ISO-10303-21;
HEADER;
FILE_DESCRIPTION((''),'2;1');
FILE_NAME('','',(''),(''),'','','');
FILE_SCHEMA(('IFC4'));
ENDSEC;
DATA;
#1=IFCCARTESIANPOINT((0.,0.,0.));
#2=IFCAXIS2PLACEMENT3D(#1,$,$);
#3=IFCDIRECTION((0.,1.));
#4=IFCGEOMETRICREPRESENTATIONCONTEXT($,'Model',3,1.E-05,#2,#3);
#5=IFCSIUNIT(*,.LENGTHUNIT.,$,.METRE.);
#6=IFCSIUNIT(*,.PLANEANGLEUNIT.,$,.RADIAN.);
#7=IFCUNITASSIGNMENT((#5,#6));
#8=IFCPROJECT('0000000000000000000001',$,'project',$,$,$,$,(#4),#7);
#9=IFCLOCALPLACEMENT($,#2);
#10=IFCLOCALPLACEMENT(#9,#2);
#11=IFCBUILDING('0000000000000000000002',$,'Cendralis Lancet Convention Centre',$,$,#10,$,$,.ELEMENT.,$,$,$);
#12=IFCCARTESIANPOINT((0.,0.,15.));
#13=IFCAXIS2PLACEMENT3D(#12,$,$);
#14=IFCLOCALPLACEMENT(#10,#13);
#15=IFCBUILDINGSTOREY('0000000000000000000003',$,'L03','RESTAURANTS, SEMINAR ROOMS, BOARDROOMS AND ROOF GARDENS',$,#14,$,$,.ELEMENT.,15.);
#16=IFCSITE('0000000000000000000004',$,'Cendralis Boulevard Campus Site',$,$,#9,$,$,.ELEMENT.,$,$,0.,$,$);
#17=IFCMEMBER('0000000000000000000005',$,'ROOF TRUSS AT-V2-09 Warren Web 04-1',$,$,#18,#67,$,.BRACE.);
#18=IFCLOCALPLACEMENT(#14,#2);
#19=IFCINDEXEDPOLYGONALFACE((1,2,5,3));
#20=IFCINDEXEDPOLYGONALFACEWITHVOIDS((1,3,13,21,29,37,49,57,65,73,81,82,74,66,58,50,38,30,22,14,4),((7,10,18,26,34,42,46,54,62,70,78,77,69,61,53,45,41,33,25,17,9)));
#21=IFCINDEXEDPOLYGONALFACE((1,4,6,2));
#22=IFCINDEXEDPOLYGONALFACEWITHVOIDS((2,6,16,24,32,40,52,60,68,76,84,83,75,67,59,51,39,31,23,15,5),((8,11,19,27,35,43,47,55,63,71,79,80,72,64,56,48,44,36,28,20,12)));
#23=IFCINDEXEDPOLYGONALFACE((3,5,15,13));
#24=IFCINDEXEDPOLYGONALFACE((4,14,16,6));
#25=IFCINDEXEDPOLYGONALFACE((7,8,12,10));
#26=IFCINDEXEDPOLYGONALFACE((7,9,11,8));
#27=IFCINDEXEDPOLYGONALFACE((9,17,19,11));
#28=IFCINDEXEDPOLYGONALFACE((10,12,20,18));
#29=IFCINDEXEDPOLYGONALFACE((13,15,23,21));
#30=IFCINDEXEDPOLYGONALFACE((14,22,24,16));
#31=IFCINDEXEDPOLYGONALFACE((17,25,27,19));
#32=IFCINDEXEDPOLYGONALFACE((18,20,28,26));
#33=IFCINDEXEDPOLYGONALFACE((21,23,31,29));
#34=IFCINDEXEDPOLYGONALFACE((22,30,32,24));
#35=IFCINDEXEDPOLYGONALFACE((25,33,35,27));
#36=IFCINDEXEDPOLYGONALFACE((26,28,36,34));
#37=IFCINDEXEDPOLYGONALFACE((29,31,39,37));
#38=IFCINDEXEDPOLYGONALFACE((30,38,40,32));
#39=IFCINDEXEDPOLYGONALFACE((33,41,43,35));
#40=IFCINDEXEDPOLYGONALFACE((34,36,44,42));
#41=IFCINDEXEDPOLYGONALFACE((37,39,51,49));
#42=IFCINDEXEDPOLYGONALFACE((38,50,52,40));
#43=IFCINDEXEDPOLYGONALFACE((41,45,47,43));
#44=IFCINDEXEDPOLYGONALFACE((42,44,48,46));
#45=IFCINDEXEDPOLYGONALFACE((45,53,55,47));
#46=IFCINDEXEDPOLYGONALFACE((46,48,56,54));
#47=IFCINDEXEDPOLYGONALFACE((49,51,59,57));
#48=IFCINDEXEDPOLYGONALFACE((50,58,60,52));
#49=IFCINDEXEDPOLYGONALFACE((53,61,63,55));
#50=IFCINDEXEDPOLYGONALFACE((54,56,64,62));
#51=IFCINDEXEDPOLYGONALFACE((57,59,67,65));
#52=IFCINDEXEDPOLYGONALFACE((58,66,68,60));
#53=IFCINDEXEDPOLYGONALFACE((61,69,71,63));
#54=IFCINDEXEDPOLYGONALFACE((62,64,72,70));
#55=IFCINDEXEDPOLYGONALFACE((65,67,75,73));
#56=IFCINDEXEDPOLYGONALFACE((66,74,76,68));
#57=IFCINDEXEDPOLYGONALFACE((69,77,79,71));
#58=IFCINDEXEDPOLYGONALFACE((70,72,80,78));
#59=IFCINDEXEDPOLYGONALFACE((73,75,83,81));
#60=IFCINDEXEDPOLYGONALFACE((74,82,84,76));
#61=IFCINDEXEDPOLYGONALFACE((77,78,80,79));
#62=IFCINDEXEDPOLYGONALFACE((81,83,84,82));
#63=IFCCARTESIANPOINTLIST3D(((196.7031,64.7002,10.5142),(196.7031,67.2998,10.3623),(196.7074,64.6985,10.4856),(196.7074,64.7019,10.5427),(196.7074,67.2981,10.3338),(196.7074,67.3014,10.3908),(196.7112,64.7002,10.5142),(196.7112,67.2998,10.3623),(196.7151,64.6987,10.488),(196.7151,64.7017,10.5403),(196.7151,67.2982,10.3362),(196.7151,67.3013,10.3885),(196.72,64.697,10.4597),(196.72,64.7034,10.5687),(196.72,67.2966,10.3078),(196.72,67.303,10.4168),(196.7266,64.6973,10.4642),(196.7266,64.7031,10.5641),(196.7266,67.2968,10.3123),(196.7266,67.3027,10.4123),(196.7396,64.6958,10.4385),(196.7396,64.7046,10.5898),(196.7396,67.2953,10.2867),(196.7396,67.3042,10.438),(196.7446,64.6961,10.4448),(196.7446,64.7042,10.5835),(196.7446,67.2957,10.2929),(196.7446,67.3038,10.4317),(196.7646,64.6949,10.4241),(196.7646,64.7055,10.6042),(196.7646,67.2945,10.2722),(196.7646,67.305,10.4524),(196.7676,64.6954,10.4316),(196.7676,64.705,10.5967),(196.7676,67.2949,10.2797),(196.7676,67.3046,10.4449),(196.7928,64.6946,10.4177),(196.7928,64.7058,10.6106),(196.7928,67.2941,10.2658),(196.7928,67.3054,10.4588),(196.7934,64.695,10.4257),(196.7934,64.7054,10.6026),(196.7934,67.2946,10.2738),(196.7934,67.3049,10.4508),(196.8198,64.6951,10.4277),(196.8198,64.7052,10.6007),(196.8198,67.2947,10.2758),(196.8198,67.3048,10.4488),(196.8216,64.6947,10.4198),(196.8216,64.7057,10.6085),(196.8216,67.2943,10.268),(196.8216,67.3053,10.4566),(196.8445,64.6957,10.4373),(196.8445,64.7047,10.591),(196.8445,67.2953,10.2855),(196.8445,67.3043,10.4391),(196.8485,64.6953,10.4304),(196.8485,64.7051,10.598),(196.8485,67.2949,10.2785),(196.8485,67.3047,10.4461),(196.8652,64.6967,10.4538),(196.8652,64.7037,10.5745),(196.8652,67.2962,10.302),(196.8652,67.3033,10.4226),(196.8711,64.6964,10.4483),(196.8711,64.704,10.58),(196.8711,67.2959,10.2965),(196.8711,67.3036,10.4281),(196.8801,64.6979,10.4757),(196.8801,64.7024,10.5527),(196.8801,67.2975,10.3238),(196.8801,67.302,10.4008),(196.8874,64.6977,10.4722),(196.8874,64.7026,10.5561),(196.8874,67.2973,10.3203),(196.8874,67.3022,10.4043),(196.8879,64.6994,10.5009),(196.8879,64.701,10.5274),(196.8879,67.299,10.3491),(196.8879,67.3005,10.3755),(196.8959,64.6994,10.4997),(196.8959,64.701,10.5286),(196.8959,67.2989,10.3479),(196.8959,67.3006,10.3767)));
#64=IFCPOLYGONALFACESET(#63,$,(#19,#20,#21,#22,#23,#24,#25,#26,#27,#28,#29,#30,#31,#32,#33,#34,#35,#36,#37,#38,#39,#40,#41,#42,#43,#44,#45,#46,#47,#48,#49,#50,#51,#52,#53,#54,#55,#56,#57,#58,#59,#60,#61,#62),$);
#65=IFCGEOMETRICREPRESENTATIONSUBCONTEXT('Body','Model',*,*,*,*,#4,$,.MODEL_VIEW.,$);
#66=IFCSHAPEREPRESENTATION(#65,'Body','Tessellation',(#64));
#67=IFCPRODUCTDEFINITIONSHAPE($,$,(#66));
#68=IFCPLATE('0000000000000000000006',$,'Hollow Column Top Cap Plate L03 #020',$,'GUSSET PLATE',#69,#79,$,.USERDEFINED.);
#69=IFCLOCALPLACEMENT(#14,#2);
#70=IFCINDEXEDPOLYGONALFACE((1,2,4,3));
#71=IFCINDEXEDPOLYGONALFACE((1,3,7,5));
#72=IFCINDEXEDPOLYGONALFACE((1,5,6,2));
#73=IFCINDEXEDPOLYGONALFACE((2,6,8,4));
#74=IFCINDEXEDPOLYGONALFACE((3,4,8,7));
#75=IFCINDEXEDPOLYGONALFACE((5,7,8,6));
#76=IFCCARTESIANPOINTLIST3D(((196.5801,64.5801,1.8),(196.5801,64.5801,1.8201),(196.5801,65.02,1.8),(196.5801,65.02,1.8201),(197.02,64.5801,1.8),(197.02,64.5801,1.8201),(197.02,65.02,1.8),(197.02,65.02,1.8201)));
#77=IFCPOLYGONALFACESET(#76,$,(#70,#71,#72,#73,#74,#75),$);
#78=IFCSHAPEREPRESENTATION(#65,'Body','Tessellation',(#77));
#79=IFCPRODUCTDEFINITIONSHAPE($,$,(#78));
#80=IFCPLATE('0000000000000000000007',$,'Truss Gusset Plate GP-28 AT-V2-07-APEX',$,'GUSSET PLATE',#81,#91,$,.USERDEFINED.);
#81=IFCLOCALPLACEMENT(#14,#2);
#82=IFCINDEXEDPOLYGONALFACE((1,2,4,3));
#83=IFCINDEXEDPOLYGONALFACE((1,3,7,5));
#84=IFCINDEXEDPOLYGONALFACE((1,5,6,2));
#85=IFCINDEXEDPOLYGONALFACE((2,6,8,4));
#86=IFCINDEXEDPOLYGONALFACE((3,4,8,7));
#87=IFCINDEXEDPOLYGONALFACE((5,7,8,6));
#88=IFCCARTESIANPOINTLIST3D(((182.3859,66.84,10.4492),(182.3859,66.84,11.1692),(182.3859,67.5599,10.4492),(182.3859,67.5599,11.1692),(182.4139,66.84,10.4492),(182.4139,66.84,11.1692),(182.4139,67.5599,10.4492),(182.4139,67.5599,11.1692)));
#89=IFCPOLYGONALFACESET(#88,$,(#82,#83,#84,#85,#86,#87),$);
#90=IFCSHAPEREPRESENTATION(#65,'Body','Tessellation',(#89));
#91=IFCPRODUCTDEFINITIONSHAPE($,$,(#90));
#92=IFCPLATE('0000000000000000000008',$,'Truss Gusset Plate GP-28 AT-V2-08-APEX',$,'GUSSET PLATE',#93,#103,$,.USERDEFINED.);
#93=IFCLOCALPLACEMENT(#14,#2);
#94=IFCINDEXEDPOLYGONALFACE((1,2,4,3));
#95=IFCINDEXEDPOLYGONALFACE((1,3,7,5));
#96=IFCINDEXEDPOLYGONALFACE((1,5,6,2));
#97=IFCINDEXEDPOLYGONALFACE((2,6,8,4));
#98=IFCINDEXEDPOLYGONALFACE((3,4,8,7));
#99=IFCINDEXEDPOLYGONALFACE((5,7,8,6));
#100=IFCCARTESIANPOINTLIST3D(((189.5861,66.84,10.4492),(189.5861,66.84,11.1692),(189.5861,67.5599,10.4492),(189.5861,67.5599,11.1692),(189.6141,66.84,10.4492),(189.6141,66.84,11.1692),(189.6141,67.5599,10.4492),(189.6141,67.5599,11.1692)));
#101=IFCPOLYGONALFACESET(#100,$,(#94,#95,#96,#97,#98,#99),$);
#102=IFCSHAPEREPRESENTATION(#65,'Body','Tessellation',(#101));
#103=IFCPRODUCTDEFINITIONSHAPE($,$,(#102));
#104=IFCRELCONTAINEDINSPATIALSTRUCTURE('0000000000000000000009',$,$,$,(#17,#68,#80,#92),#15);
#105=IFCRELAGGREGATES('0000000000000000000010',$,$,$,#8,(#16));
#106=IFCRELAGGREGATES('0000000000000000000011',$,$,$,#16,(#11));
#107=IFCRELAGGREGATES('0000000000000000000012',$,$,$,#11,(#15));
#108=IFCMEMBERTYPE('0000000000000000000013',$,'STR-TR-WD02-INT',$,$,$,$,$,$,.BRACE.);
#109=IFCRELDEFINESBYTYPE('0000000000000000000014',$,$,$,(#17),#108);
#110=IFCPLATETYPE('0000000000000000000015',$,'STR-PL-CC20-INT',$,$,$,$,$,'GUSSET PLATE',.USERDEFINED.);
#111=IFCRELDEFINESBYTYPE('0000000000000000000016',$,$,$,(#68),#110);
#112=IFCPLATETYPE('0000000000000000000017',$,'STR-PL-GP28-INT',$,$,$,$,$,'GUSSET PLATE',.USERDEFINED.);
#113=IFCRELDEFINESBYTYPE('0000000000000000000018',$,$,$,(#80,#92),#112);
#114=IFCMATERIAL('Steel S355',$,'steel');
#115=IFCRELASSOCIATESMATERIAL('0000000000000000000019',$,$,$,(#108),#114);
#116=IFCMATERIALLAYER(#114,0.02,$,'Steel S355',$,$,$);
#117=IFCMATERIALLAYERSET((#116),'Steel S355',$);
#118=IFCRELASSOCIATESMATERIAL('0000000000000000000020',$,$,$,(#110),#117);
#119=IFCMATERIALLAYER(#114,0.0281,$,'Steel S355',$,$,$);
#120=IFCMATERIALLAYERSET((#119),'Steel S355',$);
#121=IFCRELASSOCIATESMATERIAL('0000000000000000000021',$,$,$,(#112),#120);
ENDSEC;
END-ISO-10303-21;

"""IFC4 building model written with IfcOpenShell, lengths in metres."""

from ifc_helpers import new_model, si_unit, direction, frame, origin, origin_2d, place, context, subcontext, project, spatial, rectangle, hollow_circle, extrude, material, layer, layer_set, material_profile, profile_set, type_object, element, save


model = new_model("IFC4")

# Units and contexts
model_context = context("Model", 3, precision=1e-05, world=origin(), true_north=direction((0.0, 1.0)))
body_context = subcontext(model_context, "Body", "Model", "MODEL_VIEW")
ifc_project = project(units=[si_unit("LENGTHUNIT", "METRE"), si_unit("PLANEANGLEUNIT", "RADIAN")], contexts=[model_context])

# Site, building, storey
site_placement = place(None, origin())
site = spatial("IfcSite", under=ifc_project, at=site_placement, Name="Cendralis Boulevard Campus Site", CompositionType="ELEMENT", RefElevation=0.0)
building_placement = place(site_placement, origin())
building = spatial("IfcBuilding", under=site, at=building_placement, Name="Cendralis Lancet Convention Centre", CompositionType="ELEMENT")
storey_placement = place(building_placement, frame((0.0, 0.0, 15.0)))
storey = spatial("IfcBuildingStorey", under=building, at=storey_placement, Name="L03", Description="RESTAURANTS, SEMINAR ROOMS, BOARDROOMS AND ROOF GARDENS", CompositionType="ELEMENT", Elevation=15.0)

# Shared definitions
ifc_material = material(Name="Steel S355", Category="steel")

# Member
ifc_material_profile_1 = material_profile(ifc_material, hollow_circle(Radius=0.0969, WallThickness=0.0081, at=origin_2d()), Name="CHS 193.7x8.0")
ifc_profile_set_1 = profile_set([ifc_material_profile_1], Name="Steel S355")
member_type_1 = type_object("IfcMemberType", Name="STR-TR-WD02-INT", PredefinedType="BRACE", material=ifc_profile_set_1)
member_1_placement = place(storey_placement, frame((196.8, 64.7002, 10.5142), z_axis=(0.0, 0.998298, -0.058315), x_axis=(-1.0, 0.0, 0.0)))
element("IfcMember", 1, at=member_1_placement, inside=storey, type_object=member_type_1, Name="ROOF TRUSS AT-V2-09 Warren Web 04-1", PredefinedType="BRACE", context=body_context, shape_type="SweptSolid", body=[
    extrude(hollow_circle(Radius=0.0969, WallThickness=0.0081, at=origin_2d()), origin(), (0.0, 0.0, 1.0), 2.604),
])

# Plates
ifc_layer_1 = layer(ifc_material, 0.02, Name="Steel S355")
ifc_layer_set_1 = layer_set([ifc_layer_1], Name="Steel S355")
plate_type_1 = type_object("IfcPlateType", Name="STR-PL-CC20-INT", ElementType="GUSSET PLATE", PredefinedType="USERDEFINED", material=ifc_layer_set_1)
plate_placement = place(storey_placement, frame((196.8, 64.8, 1.8), z_axis=(0.0, 0.0, 1.0), x_axis=(1.0, 0.0, 0.0)))
element("IfcPlate", 2, at=plate_placement, inside=storey, type_object=plate_type_1, Name="Hollow Column Top Cap Plate L03 #020", ObjectType="GUSSET PLATE", PredefinedType="USERDEFINED", context=body_context, shape_type="SweptSolid", body=[
    extrude(rectangle(XDim=0.4399, YDim=0.4399, at=origin_2d()), origin(), (0.0, 0.0, 1.0), 0.02),
])
ifc_layer_2 = layer(ifc_material, 0.0281, Name="Steel S355")
ifc_layer_set_2 = layer_set([ifc_layer_2], Name="Steel S355")
plate_type_2 = type_object("IfcPlateType", Name="STR-PL-GP28-INT", ElementType="GUSSET PLATE", PredefinedType="USERDEFINED", material=ifc_layer_set_2)
for number, where, z_axis, x_axis, name in (
    (3, (182.3999, 67.2, 10.4492), (0.0, 0.0, 1.0), (0.0, 1.0, 0.0), "Truss Gusset Plate GP-28 AT-V2-07-APEX"),
    (4, (189.6001, 67.2, 10.4492), (0.0, 0.0, 1.0), (0.0, 1.0, 0.0), "Truss Gusset Plate GP-28 AT-V2-08-APEX"),
):
    element("IfcPlate", number, at=place(storey_placement, frame(where, z_axis=z_axis, x_axis=x_axis)), inside=storey, type_object=plate_type_2, Name=name, ObjectType="GUSSET PLATE", PredefinedType="USERDEFINED", context=body_context, shape_type="SweptSolid", body=[
        extrude(rectangle(XDim=0.72, YDim=0.0281, at=origin_2d()), origin(), (0.0, 0.0, 1.0), 0.72),
    ])

save(model, "model.ifc")
